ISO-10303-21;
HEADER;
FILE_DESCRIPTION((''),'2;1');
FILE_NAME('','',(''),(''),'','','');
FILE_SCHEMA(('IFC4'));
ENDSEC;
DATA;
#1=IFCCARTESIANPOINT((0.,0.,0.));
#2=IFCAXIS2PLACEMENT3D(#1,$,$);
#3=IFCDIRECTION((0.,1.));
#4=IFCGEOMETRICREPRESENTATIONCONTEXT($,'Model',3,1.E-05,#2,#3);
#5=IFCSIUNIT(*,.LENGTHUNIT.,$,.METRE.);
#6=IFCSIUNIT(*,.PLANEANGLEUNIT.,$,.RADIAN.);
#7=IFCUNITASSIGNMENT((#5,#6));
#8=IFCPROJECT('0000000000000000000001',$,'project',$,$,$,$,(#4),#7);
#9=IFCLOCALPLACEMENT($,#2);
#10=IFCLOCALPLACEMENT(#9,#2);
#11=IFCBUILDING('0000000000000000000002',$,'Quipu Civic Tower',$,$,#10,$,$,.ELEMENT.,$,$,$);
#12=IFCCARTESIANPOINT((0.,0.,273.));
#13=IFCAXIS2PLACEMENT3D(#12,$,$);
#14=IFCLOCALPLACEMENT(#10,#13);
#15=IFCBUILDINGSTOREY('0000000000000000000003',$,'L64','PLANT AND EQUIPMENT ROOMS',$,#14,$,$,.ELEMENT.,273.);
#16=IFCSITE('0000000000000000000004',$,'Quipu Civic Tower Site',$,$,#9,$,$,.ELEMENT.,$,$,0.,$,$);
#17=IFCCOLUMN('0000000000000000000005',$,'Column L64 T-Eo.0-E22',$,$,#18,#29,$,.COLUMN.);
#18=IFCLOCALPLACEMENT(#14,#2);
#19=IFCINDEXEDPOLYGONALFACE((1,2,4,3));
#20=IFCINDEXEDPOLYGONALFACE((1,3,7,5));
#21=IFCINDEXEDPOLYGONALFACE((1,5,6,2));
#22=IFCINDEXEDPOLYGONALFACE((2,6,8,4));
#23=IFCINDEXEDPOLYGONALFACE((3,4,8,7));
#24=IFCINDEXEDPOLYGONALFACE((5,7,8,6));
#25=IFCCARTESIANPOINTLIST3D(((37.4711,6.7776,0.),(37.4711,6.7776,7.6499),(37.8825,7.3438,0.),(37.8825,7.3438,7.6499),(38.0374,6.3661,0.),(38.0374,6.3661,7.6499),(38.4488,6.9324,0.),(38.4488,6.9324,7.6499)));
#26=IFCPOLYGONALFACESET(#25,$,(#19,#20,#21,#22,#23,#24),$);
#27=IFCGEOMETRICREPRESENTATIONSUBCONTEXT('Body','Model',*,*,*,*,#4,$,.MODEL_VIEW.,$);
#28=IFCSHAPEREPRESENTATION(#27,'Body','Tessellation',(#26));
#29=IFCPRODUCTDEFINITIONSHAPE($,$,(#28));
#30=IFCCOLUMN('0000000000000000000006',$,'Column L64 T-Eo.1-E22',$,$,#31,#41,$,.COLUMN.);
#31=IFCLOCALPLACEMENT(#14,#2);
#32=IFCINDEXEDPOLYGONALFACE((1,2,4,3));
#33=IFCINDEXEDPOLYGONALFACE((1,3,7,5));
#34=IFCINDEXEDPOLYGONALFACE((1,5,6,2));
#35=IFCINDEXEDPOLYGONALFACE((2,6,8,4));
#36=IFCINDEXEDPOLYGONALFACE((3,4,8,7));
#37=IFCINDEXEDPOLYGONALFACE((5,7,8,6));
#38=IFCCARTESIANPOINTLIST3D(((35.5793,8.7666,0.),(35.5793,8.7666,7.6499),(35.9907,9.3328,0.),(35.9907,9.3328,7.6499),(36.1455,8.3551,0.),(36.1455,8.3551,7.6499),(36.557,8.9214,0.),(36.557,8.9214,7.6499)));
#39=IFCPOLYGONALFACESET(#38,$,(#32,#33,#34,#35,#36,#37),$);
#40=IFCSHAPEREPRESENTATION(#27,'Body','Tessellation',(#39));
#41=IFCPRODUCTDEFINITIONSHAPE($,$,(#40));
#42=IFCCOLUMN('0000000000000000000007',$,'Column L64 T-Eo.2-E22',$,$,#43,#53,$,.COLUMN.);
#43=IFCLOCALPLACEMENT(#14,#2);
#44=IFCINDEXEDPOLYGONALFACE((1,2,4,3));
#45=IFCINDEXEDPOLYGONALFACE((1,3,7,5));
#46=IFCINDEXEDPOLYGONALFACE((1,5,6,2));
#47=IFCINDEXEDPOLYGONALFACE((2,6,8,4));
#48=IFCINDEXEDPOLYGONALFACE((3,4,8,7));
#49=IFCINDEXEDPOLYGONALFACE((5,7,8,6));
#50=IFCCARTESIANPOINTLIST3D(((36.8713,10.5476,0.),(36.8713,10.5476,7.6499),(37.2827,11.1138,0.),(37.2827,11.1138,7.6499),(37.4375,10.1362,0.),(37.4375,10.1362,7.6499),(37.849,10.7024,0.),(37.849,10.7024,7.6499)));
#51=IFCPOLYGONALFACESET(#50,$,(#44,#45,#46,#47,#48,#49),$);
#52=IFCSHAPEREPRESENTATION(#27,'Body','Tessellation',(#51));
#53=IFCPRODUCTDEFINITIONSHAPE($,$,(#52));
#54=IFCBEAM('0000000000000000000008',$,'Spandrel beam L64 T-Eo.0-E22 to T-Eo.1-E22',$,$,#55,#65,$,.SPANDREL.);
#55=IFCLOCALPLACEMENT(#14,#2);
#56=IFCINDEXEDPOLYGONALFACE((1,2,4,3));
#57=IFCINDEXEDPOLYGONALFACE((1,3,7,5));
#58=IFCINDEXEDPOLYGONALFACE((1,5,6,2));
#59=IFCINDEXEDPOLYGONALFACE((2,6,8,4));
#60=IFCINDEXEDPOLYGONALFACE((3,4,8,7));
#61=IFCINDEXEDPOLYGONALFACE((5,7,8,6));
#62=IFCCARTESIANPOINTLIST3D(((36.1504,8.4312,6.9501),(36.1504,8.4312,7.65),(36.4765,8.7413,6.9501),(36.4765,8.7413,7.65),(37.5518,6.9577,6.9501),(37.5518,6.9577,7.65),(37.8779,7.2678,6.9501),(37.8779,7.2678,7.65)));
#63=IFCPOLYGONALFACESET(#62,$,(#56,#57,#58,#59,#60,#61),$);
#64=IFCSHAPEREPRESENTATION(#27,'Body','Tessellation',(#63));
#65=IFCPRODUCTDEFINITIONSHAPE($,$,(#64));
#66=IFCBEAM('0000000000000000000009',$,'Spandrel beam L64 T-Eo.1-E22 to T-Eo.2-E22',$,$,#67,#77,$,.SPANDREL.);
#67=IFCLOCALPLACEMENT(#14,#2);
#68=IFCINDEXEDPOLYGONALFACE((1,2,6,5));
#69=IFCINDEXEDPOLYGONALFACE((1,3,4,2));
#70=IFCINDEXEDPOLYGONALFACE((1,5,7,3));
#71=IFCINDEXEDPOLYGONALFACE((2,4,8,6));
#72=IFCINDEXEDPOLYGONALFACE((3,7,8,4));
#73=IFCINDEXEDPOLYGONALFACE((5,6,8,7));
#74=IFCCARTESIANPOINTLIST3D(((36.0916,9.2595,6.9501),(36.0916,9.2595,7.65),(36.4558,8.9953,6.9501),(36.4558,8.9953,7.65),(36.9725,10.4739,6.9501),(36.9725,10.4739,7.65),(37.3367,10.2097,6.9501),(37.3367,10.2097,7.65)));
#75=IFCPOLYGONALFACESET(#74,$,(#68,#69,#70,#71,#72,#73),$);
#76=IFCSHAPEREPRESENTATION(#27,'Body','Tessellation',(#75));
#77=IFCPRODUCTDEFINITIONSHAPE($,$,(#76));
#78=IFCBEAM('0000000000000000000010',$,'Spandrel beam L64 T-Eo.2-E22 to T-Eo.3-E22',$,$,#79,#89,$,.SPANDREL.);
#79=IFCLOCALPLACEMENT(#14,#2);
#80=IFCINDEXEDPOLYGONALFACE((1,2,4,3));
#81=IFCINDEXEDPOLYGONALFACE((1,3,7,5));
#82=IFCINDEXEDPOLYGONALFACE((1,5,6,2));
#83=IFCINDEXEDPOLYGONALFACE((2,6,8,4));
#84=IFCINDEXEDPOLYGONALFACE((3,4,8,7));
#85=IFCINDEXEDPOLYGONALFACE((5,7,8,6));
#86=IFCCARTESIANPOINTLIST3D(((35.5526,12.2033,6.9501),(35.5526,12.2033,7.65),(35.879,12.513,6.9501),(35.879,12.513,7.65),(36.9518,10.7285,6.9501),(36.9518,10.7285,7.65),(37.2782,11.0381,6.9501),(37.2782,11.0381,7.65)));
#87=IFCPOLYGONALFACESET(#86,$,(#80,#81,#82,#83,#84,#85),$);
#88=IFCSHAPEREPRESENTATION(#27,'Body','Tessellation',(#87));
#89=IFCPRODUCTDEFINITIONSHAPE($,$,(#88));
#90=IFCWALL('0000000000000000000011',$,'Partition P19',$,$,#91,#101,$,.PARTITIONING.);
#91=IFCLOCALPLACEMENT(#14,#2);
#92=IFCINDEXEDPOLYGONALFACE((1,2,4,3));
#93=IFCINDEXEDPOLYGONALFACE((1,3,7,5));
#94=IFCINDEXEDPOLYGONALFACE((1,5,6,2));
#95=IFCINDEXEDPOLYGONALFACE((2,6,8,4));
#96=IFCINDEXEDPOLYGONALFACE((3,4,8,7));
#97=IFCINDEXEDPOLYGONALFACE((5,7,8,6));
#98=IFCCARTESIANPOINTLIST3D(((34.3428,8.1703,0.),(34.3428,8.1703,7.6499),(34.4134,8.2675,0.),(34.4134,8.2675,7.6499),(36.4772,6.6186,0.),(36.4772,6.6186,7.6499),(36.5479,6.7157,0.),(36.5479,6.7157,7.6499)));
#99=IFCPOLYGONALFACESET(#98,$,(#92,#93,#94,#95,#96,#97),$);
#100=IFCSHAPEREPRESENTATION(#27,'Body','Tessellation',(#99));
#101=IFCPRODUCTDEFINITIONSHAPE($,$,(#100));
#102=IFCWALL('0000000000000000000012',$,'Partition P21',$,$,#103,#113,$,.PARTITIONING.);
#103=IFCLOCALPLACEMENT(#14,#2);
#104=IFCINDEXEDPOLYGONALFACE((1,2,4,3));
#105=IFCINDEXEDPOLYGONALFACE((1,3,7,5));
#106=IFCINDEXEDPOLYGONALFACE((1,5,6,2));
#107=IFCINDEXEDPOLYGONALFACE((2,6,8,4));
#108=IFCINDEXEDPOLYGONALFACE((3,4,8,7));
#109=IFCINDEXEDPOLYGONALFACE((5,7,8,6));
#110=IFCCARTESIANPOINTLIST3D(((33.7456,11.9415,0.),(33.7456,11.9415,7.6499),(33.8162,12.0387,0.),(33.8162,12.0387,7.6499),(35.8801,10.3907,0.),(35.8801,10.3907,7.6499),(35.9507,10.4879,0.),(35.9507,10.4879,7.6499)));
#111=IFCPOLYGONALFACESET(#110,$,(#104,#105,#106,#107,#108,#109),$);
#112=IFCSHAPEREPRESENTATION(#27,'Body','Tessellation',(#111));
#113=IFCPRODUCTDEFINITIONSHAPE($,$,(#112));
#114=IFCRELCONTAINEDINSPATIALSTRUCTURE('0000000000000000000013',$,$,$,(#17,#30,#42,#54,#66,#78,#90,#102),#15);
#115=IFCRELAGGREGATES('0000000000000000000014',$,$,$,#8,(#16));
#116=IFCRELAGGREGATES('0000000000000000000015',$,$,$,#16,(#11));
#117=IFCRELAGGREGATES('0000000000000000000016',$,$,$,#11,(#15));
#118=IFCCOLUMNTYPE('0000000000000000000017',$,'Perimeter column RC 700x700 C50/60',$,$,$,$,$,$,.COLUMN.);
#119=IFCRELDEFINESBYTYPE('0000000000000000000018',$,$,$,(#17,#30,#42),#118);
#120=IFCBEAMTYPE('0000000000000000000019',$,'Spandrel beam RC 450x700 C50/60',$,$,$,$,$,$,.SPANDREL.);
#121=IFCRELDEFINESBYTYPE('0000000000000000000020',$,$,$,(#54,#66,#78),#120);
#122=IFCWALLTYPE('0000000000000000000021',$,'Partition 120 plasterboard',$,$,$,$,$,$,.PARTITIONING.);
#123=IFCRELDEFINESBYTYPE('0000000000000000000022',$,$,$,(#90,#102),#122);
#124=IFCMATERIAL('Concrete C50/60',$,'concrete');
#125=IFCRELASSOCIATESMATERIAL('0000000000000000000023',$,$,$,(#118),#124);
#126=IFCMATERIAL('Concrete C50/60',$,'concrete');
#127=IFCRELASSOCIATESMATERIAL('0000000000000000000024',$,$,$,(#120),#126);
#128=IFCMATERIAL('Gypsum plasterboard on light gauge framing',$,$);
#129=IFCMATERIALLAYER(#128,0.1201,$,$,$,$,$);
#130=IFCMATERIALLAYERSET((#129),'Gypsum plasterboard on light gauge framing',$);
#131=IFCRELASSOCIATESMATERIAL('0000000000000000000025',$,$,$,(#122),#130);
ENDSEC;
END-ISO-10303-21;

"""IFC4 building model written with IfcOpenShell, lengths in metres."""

from ifc_helpers import new_model, si_unit, direction, frame, frame_2d, origin, origin_2d, place, context, subcontext, project, spatial, rectangle, extrude, material, layer, layer_set, material_profile, profile_set, type_object, element, save


model = new_model("IFC4")

# Units and contexts
model_context = context("Model", 3, precision=1e-05, world=origin(), true_north=direction((0.0, 1.0)))
body_context = subcontext(model_context, "Body", "Model", "MODEL_VIEW")
ifc_project = project(units=[si_unit("LENGTHUNIT", "METRE"), si_unit("PLANEANGLEUNIT", "RADIAN")], contexts=[model_context])

# Site, building, storey
site_placement = place(None, origin())
site = spatial("IfcSite", under=ifc_project, at=site_placement, Name="Quipu Civic Tower Site", CompositionType="ELEMENT", RefElevation=0.0)
building_placement = place(site_placement, origin())
building = spatial("IfcBuilding", under=site, at=building_placement, Name="Quipu Civic Tower", CompositionType="ELEMENT")
storey_placement = place(building_placement, frame((0.0, 0.0, 273.0)))
storey = spatial("IfcBuildingStorey", under=building, at=storey_placement, Name="L64", Description="PLANT AND EQUIPMENT ROOMS", CompositionType="ELEMENT", Elevation=273.0)

# Columns
ifc_material_1 = material(Name="Concrete C50/60", Category="concrete")
ifc_material_profile_1 = material_profile(ifc_material_1, rectangle(XDim=0.7, YDim=0.7, at=origin_2d()), Name="RC700x700")
ifc_profile_set_1 = profile_set([ifc_material_profile_1], Name="Concrete C50/60")
column_type = type_object("IfcColumnType", Name="Perimeter column RC 700x700 C50/60", PredefinedType="COLUMN", material=ifc_profile_set_1)
for number, where, z_axis, x_axis, name in (
    (1, (37.96, 6.855, 0.0), (0.0, 0.0, 1.0), (0.587785, 0.809017, 0.0), "Column L64 T-Eo.0-E22"),
    (2, (36.0681, 8.844, 0.0), (0.0, 0.0, 1.0), (0.587785, 0.809017, 0.0), "Column L64 T-Eo.1-E22"),
    (3, (37.3601, 10.625, 0.0), (0.0, 0.0, 1.0), (0.587785, 0.809017, 0.0), "Column L64 T-Eo.2-E22"),
):
    element("IfcColumn", number, at=place(storey_placement, frame(where, z_axis=z_axis, x_axis=x_axis)), inside=storey, type_object=column_type, Name=name, PredefinedType="COLUMN", context=body_context, shape_type="SweptSolid", body=[
        extrude(rectangle(XDim=0.7, YDim=0.7, at=origin_2d()), origin(), (0.0, 0.0, 1.0), 7.6499),
    ])

# Beams
ifc_material_2 = material(Name="Concrete C50/60", Category="concrete")
ifc_material_profile_2 = material_profile(ifc_material_2, rectangle(XDim=0.45, YDim=0.7, at=origin_2d()), Name="RC450x700")
ifc_profile_set_2 = profile_set([ifc_material_profile_2], Name="Concrete C50/60")
beam_type = type_object("IfcBeamType", Name="Spandrel beam RC 450x700 C50/60", PredefinedType="SPANDREL", material=ifc_profile_set_2)
beam_1_placement = place(storey_placement, frame((37.7148, 7.1128, 7.3), z_axis=(-0.689175, 0.724595, 0.0), x_axis=(-0.724595, -0.689175, 0.0)))
element("IfcBeam", 4, at=beam_1_placement, inside=storey, type_object=beam_type, Name="Spandrel beam L64 T-Eo.0-E22 to T-Eo.1-E22", PredefinedType="SPANDREL", context=body_context, shape_type="SweptSolid", body=[
    extrude(rectangle(XDim=0.45, YDim=0.7, at=origin_2d()), origin(), (0.0, 0.0, 1.0), 2.0334),
])
beam_2_placement = place(storey_placement, frame((36.2737, 9.1274, 7.3), z_axis=(0.587165, 0.809467, 0.0), x_axis=(-0.809467, 0.587165, 0.0)))
element("IfcBeam", 5, at=beam_2_placement, inside=storey, type_object=beam_type, Name="Spandrel beam L64 T-Eo.1-E22 to T-Eo.2-E22", PredefinedType="SPANDREL", context=body_context, shape_type="SweptSolid", body=[
    extrude(rectangle(XDim=0.45, YDim=0.7, at=origin_2d()), origin(), (0.0, 0.0, 1.0), 1.5002),
])
beam_3_placement = place(storey_placement, frame((37.115, 10.8833, 7.3), z_axis=(-0.688247, 0.725476, 0.0), x_axis=(-0.725476, -0.688247, 0.0)))
element("IfcBeam", 6, at=beam_3_placement, inside=storey, type_object=beam_type, Name="Spandrel beam L64 T-Eo.2-E22 to T-Eo.3-E22", PredefinedType="SPANDREL", context=body_context, shape_type="SweptSolid", body=[
    extrude(rectangle(XDim=0.45, YDim=0.7, at=origin_2d()), origin(), (0.0, 0.0, 1.0), 2.033),
])

# Walls
ifc_material_3 = material(Name="Gypsum plasterboard on light gauge framing")
ifc_layer = layer(ifc_material_3, 0.1201)
ifc_layer_set = layer_set([ifc_layer], Name="Gypsum plasterboard on light gauge framing")
wall_type = type_object("IfcWallType", Name="Partition 120 plasterboard", PredefinedType="PARTITIONING", material=ifc_layer_set)
wall_1_placement = place(storey_placement, frame((36.5125, 6.6672, 0.0), z_axis=(0.0, 0.0, 1.0), x_axis=(-0.808848, 0.588018, 0.0)))
element("IfcWall", 7, at=wall_1_placement, inside=storey, type_object=wall_type, Name="Partition P19", PredefinedType="PARTITIONING", context=body_context, shape_type="SweptSolid", body=[
    extrude(rectangle(XDim=2.6389, YDim=0.1201, at=frame_2d((1.3193, 0.0))), origin(), (0.0, 0.0, 1.0), 7.6499),
])
wall_2_placement = place(storey_placement, frame((35.9155, 10.4392, 0.0), z_axis=(0.0, 0.0, 1.0), x_axis=(-0.809024, 0.587775, 0.0)))
element("IfcWall", 8, at=wall_2_placement, inside=storey, type_object=wall_type, Name="Partition P21", PredefinedType="PARTITIONING", context=body_context, shape_type="SweptSolid", body=[
    extrude(rectangle(XDim=2.6384, YDim=0.1201, at=frame_2d((1.3193, 0.0))), origin(), (0.0, 0.0, 1.0), 7.6499),
])

save(model, "model.ifc")
